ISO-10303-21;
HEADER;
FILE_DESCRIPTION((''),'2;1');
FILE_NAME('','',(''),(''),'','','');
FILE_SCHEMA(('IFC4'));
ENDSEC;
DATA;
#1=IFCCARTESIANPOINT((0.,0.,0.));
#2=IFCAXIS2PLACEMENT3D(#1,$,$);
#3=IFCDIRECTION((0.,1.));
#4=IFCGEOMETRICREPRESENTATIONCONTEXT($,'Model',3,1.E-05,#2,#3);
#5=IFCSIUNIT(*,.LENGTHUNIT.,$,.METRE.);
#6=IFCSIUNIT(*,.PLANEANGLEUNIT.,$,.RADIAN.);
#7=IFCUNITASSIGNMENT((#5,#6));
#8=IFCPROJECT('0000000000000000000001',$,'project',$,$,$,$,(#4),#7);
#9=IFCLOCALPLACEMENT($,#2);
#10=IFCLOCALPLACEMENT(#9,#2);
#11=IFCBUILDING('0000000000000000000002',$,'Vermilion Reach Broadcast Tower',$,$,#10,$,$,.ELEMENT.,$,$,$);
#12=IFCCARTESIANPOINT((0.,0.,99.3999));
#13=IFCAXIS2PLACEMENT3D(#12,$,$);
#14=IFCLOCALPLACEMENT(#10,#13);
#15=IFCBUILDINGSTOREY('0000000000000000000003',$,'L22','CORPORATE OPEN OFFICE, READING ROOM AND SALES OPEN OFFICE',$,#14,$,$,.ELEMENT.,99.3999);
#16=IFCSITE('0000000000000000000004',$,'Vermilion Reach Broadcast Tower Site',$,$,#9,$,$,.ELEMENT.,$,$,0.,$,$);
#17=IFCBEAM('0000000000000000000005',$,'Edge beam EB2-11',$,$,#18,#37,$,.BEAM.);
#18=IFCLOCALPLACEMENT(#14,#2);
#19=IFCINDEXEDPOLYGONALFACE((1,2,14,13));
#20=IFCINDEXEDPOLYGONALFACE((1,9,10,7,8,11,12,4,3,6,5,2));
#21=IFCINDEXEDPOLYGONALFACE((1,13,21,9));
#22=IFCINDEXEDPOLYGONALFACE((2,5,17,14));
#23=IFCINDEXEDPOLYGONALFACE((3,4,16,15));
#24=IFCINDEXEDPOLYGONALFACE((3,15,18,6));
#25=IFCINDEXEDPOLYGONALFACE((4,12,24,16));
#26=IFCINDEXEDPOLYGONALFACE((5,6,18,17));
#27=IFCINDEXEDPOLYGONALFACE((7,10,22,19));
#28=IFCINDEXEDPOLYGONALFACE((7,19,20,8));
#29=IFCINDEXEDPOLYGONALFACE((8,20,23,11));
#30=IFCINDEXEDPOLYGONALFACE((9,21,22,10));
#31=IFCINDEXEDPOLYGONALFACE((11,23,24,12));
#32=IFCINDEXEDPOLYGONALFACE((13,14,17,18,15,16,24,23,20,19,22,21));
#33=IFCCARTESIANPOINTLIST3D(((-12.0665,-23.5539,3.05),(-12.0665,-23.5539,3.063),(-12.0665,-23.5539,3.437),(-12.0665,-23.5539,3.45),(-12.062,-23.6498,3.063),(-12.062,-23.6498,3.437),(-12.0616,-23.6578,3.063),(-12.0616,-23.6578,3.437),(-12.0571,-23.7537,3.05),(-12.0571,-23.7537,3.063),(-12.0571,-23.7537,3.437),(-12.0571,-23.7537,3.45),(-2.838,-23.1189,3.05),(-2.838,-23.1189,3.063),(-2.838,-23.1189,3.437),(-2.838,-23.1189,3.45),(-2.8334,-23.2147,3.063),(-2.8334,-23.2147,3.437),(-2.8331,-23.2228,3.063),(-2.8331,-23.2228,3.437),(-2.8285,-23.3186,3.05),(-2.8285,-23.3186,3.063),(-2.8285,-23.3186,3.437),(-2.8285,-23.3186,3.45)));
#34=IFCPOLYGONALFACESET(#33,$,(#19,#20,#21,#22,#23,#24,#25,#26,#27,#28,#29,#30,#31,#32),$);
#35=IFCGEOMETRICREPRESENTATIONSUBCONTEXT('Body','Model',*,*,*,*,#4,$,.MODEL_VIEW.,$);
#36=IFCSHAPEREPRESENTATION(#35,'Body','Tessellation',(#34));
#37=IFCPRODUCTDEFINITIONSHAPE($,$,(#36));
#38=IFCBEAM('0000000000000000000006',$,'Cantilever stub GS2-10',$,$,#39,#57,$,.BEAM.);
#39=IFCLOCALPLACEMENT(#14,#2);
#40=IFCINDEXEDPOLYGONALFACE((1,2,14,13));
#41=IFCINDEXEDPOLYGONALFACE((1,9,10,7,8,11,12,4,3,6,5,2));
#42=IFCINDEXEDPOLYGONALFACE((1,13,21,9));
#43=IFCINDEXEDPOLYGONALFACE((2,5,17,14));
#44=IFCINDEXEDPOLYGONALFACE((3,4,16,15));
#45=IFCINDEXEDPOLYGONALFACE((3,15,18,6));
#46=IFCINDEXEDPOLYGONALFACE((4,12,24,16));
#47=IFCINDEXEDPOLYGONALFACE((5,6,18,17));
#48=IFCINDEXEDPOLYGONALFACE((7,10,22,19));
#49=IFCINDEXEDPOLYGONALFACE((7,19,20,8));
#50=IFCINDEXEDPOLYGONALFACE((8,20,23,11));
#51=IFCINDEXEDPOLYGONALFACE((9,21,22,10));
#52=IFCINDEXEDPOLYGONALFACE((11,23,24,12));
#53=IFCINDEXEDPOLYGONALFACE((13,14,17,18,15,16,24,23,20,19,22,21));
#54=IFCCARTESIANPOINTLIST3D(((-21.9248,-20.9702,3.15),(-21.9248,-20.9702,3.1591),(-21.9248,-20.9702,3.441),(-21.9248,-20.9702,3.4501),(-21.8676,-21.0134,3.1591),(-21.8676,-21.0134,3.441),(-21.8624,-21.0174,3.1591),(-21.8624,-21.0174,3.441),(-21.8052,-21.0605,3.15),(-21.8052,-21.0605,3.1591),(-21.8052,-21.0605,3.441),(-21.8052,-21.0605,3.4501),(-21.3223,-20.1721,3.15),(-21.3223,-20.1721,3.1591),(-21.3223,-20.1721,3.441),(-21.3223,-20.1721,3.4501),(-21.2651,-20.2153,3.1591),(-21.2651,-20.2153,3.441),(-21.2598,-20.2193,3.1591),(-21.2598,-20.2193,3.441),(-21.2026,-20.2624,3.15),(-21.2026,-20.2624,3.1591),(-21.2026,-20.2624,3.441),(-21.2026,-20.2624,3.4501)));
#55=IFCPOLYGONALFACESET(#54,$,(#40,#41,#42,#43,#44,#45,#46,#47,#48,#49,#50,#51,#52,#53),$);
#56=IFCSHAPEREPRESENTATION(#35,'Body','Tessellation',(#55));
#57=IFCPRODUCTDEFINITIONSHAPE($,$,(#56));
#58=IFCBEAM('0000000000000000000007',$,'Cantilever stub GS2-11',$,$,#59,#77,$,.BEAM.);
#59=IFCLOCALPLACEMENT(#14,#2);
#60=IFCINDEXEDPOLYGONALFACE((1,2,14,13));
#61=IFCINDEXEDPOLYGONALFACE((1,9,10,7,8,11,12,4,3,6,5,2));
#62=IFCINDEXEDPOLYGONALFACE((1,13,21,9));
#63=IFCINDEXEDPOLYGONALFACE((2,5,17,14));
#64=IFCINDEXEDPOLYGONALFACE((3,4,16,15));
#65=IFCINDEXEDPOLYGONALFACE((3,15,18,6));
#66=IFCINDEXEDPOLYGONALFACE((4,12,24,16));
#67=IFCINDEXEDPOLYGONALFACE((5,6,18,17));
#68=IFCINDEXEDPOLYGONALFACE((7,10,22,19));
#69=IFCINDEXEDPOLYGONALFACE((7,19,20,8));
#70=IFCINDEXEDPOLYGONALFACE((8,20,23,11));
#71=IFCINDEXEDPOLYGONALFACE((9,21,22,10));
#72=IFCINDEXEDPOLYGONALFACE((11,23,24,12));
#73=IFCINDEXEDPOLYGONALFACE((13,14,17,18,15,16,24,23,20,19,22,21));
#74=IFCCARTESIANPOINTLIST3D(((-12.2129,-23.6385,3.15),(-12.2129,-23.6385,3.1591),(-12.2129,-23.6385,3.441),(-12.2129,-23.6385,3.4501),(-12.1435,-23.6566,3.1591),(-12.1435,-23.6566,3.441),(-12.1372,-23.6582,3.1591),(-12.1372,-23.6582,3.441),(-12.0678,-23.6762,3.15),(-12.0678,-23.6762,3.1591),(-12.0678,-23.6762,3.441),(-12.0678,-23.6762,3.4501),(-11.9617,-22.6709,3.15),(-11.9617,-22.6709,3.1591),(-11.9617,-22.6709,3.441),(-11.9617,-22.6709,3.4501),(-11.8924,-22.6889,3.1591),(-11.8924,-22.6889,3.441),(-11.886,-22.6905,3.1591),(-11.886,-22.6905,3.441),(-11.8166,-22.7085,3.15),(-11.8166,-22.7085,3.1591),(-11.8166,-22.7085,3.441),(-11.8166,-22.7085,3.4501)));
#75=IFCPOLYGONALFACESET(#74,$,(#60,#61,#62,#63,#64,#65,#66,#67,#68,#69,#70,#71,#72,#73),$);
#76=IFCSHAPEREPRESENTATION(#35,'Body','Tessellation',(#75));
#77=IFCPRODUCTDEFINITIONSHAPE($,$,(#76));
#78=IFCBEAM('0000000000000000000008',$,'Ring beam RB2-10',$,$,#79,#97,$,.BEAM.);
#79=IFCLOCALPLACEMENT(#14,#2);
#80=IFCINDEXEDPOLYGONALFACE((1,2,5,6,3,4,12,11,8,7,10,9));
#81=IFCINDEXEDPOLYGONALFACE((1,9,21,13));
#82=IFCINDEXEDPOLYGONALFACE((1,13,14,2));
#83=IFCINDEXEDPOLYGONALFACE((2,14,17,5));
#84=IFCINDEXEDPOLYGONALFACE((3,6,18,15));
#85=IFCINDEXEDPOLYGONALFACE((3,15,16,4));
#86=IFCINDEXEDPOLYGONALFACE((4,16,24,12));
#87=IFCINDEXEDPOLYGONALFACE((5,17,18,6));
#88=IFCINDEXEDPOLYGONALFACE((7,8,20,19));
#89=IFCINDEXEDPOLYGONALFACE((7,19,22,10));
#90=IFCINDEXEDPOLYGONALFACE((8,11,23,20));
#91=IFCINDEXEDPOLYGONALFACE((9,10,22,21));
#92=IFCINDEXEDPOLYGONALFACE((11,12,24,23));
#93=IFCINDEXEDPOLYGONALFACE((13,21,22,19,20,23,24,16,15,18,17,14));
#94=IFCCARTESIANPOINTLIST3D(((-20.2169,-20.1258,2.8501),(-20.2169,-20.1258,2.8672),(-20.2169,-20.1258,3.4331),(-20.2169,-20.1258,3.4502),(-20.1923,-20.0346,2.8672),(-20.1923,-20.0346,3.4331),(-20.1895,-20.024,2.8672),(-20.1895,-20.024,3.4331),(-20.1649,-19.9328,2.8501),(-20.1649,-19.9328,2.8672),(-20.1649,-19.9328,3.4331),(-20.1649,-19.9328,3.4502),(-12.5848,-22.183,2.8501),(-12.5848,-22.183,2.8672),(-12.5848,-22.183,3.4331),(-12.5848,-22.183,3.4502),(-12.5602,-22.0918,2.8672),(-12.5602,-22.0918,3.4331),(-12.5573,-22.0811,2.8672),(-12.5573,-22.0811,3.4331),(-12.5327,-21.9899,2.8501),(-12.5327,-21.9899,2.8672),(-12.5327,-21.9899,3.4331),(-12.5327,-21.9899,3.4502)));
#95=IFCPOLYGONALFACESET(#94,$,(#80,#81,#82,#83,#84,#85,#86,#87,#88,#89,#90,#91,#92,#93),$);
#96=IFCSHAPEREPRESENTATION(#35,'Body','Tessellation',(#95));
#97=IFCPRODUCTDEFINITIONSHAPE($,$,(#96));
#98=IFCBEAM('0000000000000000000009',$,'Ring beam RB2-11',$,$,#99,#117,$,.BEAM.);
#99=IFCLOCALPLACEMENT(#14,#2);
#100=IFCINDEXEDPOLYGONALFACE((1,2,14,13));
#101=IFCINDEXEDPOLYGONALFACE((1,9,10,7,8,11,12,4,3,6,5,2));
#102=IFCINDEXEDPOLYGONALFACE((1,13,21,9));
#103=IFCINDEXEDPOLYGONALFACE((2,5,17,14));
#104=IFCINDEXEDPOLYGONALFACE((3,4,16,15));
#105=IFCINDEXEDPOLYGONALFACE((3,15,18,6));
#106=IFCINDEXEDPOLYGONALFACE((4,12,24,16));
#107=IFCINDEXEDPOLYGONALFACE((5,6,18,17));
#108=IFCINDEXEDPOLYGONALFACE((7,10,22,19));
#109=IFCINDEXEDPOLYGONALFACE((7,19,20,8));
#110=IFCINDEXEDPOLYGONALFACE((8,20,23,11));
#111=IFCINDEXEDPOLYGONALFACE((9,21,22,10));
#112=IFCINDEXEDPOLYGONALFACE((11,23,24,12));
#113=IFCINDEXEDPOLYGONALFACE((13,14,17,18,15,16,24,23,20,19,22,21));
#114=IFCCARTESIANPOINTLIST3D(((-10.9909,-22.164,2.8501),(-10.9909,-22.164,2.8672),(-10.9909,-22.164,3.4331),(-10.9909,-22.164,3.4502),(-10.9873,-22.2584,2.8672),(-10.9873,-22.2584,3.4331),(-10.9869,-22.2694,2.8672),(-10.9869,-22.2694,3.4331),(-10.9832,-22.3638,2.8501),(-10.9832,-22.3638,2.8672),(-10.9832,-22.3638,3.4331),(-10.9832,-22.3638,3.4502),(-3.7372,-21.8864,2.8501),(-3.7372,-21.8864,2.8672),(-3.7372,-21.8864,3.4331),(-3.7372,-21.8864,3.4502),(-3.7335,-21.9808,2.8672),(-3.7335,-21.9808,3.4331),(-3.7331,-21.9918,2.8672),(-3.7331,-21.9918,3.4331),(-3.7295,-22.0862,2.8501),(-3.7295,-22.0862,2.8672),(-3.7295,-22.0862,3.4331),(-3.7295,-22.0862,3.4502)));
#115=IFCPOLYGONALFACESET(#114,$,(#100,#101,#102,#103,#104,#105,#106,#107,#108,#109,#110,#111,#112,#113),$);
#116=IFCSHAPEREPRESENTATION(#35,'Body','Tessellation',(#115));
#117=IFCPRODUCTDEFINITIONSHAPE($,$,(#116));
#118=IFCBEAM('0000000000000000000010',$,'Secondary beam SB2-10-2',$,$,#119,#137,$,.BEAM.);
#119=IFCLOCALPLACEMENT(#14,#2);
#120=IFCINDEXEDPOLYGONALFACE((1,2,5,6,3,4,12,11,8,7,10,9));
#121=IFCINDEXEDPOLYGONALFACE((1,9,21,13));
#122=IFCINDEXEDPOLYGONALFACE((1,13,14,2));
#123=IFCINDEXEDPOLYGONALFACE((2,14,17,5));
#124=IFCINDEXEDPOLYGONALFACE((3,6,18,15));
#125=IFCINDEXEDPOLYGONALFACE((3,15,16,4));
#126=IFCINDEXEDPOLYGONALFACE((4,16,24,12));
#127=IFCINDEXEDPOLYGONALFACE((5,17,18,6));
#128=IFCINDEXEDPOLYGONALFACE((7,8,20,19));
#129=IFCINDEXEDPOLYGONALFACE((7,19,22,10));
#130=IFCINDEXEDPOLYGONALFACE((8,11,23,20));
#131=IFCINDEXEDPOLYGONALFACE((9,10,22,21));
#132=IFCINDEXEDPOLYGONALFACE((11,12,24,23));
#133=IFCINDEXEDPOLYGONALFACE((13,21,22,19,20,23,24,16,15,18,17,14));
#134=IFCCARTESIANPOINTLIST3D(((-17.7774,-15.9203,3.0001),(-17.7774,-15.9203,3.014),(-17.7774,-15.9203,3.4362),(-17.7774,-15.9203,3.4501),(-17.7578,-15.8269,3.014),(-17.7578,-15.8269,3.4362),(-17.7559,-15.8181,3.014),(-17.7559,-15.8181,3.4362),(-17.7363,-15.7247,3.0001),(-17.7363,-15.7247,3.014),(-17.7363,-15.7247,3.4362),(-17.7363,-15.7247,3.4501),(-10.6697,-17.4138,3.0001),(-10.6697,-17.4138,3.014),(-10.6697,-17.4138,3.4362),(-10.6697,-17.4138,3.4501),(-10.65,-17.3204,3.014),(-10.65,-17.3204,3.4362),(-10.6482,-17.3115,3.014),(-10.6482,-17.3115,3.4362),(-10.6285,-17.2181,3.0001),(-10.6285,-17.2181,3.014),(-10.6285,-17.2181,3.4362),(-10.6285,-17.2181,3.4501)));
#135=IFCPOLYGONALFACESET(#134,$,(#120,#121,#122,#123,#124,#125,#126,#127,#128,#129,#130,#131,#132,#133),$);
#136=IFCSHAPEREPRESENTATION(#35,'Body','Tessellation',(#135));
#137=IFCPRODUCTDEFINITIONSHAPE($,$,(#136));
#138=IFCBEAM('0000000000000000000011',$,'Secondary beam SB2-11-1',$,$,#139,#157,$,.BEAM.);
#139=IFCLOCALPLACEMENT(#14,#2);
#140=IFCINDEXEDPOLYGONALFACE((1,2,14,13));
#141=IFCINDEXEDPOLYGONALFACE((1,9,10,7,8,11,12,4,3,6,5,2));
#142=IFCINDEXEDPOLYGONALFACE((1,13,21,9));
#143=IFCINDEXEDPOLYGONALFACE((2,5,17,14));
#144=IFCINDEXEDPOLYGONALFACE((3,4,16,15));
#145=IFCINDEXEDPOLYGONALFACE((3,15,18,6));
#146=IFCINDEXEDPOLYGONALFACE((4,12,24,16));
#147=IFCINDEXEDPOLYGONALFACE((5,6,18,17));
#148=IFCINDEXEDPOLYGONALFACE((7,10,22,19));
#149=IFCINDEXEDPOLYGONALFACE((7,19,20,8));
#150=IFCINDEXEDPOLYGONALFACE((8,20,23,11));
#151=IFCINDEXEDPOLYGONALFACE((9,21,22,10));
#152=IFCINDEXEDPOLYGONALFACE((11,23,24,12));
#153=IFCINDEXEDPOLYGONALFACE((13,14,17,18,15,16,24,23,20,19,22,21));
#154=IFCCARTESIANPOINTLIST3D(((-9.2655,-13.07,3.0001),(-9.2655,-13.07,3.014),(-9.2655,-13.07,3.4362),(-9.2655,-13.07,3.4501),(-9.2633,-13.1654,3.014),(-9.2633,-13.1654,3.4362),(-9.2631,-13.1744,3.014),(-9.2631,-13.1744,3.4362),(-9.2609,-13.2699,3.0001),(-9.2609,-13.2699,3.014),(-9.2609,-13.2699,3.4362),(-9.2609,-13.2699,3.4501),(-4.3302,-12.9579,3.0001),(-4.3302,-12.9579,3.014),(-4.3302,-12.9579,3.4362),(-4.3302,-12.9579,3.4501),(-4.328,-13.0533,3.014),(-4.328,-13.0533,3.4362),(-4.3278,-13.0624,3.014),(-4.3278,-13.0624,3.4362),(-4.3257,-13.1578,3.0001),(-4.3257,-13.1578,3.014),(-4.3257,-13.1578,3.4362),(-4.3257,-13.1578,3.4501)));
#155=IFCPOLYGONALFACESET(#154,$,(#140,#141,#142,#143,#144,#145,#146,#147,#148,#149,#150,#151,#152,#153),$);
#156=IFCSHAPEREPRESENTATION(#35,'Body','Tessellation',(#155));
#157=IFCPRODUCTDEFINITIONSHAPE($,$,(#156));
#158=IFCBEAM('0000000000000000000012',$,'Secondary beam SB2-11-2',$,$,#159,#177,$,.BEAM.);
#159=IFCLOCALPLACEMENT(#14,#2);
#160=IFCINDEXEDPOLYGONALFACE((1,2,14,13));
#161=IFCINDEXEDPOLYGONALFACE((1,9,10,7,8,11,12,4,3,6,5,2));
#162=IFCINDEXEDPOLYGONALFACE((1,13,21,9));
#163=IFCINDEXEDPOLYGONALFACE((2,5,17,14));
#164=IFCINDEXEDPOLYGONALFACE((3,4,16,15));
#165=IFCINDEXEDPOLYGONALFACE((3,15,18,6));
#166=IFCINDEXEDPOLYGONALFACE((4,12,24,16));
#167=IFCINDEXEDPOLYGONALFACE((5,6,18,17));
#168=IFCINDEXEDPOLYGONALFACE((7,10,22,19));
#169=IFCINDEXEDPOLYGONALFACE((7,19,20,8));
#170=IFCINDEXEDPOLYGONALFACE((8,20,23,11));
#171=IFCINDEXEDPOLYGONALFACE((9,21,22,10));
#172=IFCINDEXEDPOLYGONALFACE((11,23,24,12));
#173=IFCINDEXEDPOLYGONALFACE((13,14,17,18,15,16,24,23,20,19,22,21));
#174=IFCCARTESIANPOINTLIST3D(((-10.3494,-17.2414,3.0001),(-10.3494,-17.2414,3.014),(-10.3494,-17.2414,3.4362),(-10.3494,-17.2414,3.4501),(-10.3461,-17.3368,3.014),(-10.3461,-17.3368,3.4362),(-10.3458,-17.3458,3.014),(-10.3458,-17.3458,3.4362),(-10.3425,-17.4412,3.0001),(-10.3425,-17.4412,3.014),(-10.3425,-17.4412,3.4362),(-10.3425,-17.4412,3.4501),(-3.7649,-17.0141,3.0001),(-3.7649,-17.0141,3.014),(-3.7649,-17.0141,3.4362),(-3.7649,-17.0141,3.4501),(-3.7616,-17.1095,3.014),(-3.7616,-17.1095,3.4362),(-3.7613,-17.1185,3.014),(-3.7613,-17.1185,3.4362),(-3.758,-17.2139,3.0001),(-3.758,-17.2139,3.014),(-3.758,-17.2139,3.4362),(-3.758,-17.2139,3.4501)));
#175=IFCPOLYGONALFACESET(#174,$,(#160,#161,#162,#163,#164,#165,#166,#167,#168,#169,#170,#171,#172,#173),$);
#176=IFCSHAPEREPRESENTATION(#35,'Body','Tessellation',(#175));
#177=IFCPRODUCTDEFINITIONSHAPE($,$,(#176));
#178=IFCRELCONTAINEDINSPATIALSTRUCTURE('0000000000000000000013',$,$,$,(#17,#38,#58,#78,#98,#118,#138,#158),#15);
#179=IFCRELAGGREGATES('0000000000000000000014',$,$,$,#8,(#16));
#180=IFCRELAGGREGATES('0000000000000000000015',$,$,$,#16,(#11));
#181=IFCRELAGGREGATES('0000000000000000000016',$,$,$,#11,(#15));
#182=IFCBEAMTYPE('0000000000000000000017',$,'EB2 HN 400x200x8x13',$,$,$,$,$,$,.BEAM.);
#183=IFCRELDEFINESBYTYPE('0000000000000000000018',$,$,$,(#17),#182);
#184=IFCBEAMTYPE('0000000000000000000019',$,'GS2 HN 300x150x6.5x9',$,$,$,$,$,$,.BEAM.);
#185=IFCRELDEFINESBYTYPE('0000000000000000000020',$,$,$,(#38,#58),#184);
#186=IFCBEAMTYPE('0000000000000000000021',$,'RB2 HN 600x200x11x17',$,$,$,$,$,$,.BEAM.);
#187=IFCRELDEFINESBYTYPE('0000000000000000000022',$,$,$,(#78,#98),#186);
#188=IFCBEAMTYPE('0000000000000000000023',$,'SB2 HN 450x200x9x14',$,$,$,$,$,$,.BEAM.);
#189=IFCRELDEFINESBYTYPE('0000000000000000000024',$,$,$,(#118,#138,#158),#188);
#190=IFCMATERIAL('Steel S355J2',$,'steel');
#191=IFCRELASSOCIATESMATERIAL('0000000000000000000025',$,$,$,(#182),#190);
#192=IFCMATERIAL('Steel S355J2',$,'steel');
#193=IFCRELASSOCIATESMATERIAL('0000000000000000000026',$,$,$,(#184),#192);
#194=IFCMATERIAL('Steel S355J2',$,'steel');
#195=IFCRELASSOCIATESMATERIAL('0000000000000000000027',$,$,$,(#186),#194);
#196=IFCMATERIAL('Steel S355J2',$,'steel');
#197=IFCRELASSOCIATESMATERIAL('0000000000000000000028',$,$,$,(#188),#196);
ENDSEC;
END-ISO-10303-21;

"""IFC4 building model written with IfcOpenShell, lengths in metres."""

from ifc_helpers import new_model, si_unit, direction, frame, origin, origin_2d, place, context, subcontext, project, spatial, i_section, extrude, material, material_profile, profile_set, type_object, element, save


model = new_model("IFC4")

# Units and contexts
model_context = context("Model", 3, precision=1e-05, world=origin(), true_north=direction((0.0, 1.0)))
body_context = subcontext(model_context, "Body", "Model", "MODEL_VIEW")
ifc_project = project(units=[si_unit("LENGTHUNIT", "METRE"), si_unit("PLANEANGLEUNIT", "RADIAN")], contexts=[model_context])

# Site, building, storey
site_placement = place(None, origin())
site = spatial("IfcSite", under=ifc_project, at=site_placement, Name="Vermilion Reach Broadcast Tower Site", CompositionType="ELEMENT", RefElevation=0.0)
building_placement = place(site_placement, origin())
building = spatial("IfcBuilding", under=site, at=building_placement, Name="Vermilion Reach Broadcast Tower", CompositionType="ELEMENT")
storey_placement = place(building_placement, frame((0.0, 0.0, 99.3999)))
storey = spatial("IfcBuildingStorey", under=building, at=storey_placement, Name="L22", Description="CORPORATE OPEN OFFICE, READING ROOM AND SALES OPEN OFFICE", CompositionType="ELEMENT", Elevation=99.3999)

# Beams
ifc_material_1 = material(Name="Steel S355J2", Category="steel")
ifc_material_profile_1 = material_profile(ifc_material_1, i_section(OverallWidth=0.2, OverallDepth=0.3999, WebThickness=0.0081, FlangeThickness=0.0129, at=origin_2d()), Name="S355J2 HN 400x200x8x13")
ifc_profile_set_1 = profile_set([ifc_material_profile_1], Name="Steel S355J2")
beam_type_1 = type_object("IfcBeamType", Name="EB2 HN 400x200x8x13", PredefinedType="BEAM", material=ifc_profile_set_1)
beam_1_placement = place(storey_placement, frame((-12.0618, -23.6538, 3.25), z_axis=(0.998891, 0.047091, 0.0), x_axis=(-0.047091, 0.998891, 0.0)))
element("IfcBeam", 1, at=beam_1_placement, inside=storey, type_object=beam_type_1, Name="Edge beam EB2-11", PredefinedType="BEAM", context=body_context, shape_type="SweptSolid", body=[
    extrude(i_section(OverallWidth=0.2, OverallDepth=0.3999, WebThickness=0.0081, FlangeThickness=0.0129, at=origin_2d()), origin(), (0.0, 0.0, 1.0), 9.2388),
])
ifc_material_2 = material(Name="Steel S355J2", Category="steel")
ifc_material_profile_2 = material_profile(ifc_material_2, i_section(OverallWidth=0.1499, OverallDepth=0.3, WebThickness=0.0066, FlangeThickness=0.009, at=origin_2d()), Name="S355J2 HN 300x150x6.5x9")
ifc_profile_set_2 = profile_set([ifc_material_profile_2], Name="Steel S355J2")
beam_type_2 = type_object("IfcBeamType", Name="GS2 HN 300x150x6.5x9", PredefinedType="BEAM", material=ifc_profile_set_2)
beam_2_placement = place(storey_placement, frame((-21.2625, -20.2173, 3.3), z_axis=(-0.602536, -0.798092, 0.0), x_axis=(0.798092, -0.602536, 0.0)))
element("IfcBeam", 2, at=beam_2_placement, inside=storey, type_object=beam_type_2, Name="Cantilever stub GS2-10", PredefinedType="BEAM", context=body_context, shape_type="SweptSolid", body=[
    extrude(i_section(OverallWidth=0.1499, OverallDepth=0.3, WebThickness=0.0066, FlangeThickness=0.009, at=origin_2d()), origin(), (0.0, 0.0, 1.0), 1.0),
])
beam_3_placement = place(storey_placement, frame((-11.8892, -22.6897, 3.3), z_axis=(-0.251259, -0.96792, 0.0), x_axis=(0.96792, -0.251259, 0.0)))
element("IfcBeam", 3, at=beam_3_placement, inside=storey, type_object=beam_type_2, Name="Cantilever stub GS2-11", PredefinedType="BEAM", context=body_context, shape_type="SweptSolid", body=[
    extrude(i_section(OverallWidth=0.1499, OverallDepth=0.3, WebThickness=0.0066, FlangeThickness=0.009, at=origin_2d()), origin(), (0.0, 0.0, 1.0), 0.9998),
])
ifc_material_3 = material(Name="Steel S355J2", Category="steel")
ifc_material_profile_3 = material_profile(ifc_material_3, i_section(OverallWidth=0.2, OverallDepth=0.6001, WebThickness=0.011, FlangeThickness=0.0171, at=origin_2d()), Name="S355J2 HN 600x200x11x17")
ifc_profile_set_3 = profile_set([ifc_material_profile_3], Name="Steel S355J2")
beam_type_3 = type_object("IfcBeamType", Name="RB2 HN 600x200x11x17", PredefinedType="BEAM", material=ifc_profile_set_3)
beam_4_placement = place(storey_placement, frame((-20.1909, -20.0293, 3.1501), z_axis=(0.965541, -0.260249, 0.0), x_axis=(0.260249, 0.965541, 0.0)))
element("IfcBeam", 4, at=beam_4_placement, inside=storey, type_object=beam_type_3, Name="Ring beam RB2-10", PredefinedType="BEAM", context=body_context, shape_type="SweptSolid", body=[
    extrude(i_section(OverallWidth=0.2, OverallDepth=0.6001, WebThickness=0.011, FlangeThickness=0.0171, at=origin_2d()), origin(), (0.0, 0.0, 1.0), 7.9045),
])
beam_5_placement = place(storey_placement, frame((-10.9871, -22.2639, 3.1501), z_axis=(0.999269, 0.038241, 0.0), x_axis=(-0.038241, 0.999269, 0.0)))
element("IfcBeam", 5, at=beam_5_placement, inside=storey, type_object=beam_type_3, Name="Ring beam RB2-11", PredefinedType="BEAM", context=body_context, shape_type="SweptSolid", body=[
    extrude(i_section(OverallWidth=0.2, OverallDepth=0.6001, WebThickness=0.011, FlangeThickness=0.0171, at=origin_2d()), origin(), (0.0, 0.0, 1.0), 7.259),
])
ifc_material_4 = material(Name="Steel S355J2", Category="steel")
ifc_material_profile_4 = material_profile(ifc_material_4, i_section(OverallWidth=0.2, OverallDepth=0.45, WebThickness=0.009, FlangeThickness=0.0139, at=origin_2d()), Name="S355J2 HN 450x200x9x14")
ifc_profile_set_4 = profile_set([ifc_material_profile_4], Name="Steel S355J2")
beam_type_4 = type_object("IfcBeamType", Name="SB2 HN 450x200x9x14", PredefinedType="BEAM", material=ifc_profile_set_4)
beam_6_placement = place(storey_placement, frame((-17.7568, -15.8225, 3.2251), z_axis=(0.978631, -0.205623, 0.0), x_axis=(0.205623, 0.978631, 0.0)))
element("IfcBeam", 6, at=beam_6_placement, inside=storey, type_object=beam_type_4, Name="Secondary beam SB2-10-2", PredefinedType="BEAM", context=body_context, shape_type="SweptSolid", body=[
    extrude(i_section(OverallWidth=0.2, OverallDepth=0.45, WebThickness=0.009, FlangeThickness=0.0139, at=origin_2d()), origin(), (0.0, 0.0, 1.0), 7.2629),
])
beam_7_placement = place(storey_placement, frame((-9.2632, -13.1699, 3.2251), z_axis=(0.999742, 0.0227, 0.0), x_axis=(-0.0227, 0.999742, 0.0)))
element("IfcBeam", 7, at=beam_7_placement, inside=storey, type_object=beam_type_4, Name="Secondary beam SB2-11-1", PredefinedType="BEAM", context=body_context, shape_type="SweptSolid", body=[
    extrude(i_section(OverallWidth=0.2, OverallDepth=0.45, WebThickness=0.009, FlangeThickness=0.0139, at=origin_2d()), origin(), (0.0, 0.0, 1.0), 4.9365),
])
beam_8_placement = place(storey_placement, frame((-10.3459, -17.3413, 3.2251), z_axis=(0.999405, 0.034499, 0.0), x_axis=(-0.034499, 0.999405, 0.0)))
element("IfcBeam", 8, at=beam_8_placement, inside=storey, type_object=beam_type_4, Name="Secondary beam SB2-11-2", PredefinedType="BEAM", context=body_context, shape_type="SweptSolid", body=[
    extrude(i_section(OverallWidth=0.2, OverallDepth=0.45, WebThickness=0.009, FlangeThickness=0.0139, at=origin_2d()), origin(), (0.0, 0.0, 1.0), 6.5884),
])

save(model, "model.ifc")
